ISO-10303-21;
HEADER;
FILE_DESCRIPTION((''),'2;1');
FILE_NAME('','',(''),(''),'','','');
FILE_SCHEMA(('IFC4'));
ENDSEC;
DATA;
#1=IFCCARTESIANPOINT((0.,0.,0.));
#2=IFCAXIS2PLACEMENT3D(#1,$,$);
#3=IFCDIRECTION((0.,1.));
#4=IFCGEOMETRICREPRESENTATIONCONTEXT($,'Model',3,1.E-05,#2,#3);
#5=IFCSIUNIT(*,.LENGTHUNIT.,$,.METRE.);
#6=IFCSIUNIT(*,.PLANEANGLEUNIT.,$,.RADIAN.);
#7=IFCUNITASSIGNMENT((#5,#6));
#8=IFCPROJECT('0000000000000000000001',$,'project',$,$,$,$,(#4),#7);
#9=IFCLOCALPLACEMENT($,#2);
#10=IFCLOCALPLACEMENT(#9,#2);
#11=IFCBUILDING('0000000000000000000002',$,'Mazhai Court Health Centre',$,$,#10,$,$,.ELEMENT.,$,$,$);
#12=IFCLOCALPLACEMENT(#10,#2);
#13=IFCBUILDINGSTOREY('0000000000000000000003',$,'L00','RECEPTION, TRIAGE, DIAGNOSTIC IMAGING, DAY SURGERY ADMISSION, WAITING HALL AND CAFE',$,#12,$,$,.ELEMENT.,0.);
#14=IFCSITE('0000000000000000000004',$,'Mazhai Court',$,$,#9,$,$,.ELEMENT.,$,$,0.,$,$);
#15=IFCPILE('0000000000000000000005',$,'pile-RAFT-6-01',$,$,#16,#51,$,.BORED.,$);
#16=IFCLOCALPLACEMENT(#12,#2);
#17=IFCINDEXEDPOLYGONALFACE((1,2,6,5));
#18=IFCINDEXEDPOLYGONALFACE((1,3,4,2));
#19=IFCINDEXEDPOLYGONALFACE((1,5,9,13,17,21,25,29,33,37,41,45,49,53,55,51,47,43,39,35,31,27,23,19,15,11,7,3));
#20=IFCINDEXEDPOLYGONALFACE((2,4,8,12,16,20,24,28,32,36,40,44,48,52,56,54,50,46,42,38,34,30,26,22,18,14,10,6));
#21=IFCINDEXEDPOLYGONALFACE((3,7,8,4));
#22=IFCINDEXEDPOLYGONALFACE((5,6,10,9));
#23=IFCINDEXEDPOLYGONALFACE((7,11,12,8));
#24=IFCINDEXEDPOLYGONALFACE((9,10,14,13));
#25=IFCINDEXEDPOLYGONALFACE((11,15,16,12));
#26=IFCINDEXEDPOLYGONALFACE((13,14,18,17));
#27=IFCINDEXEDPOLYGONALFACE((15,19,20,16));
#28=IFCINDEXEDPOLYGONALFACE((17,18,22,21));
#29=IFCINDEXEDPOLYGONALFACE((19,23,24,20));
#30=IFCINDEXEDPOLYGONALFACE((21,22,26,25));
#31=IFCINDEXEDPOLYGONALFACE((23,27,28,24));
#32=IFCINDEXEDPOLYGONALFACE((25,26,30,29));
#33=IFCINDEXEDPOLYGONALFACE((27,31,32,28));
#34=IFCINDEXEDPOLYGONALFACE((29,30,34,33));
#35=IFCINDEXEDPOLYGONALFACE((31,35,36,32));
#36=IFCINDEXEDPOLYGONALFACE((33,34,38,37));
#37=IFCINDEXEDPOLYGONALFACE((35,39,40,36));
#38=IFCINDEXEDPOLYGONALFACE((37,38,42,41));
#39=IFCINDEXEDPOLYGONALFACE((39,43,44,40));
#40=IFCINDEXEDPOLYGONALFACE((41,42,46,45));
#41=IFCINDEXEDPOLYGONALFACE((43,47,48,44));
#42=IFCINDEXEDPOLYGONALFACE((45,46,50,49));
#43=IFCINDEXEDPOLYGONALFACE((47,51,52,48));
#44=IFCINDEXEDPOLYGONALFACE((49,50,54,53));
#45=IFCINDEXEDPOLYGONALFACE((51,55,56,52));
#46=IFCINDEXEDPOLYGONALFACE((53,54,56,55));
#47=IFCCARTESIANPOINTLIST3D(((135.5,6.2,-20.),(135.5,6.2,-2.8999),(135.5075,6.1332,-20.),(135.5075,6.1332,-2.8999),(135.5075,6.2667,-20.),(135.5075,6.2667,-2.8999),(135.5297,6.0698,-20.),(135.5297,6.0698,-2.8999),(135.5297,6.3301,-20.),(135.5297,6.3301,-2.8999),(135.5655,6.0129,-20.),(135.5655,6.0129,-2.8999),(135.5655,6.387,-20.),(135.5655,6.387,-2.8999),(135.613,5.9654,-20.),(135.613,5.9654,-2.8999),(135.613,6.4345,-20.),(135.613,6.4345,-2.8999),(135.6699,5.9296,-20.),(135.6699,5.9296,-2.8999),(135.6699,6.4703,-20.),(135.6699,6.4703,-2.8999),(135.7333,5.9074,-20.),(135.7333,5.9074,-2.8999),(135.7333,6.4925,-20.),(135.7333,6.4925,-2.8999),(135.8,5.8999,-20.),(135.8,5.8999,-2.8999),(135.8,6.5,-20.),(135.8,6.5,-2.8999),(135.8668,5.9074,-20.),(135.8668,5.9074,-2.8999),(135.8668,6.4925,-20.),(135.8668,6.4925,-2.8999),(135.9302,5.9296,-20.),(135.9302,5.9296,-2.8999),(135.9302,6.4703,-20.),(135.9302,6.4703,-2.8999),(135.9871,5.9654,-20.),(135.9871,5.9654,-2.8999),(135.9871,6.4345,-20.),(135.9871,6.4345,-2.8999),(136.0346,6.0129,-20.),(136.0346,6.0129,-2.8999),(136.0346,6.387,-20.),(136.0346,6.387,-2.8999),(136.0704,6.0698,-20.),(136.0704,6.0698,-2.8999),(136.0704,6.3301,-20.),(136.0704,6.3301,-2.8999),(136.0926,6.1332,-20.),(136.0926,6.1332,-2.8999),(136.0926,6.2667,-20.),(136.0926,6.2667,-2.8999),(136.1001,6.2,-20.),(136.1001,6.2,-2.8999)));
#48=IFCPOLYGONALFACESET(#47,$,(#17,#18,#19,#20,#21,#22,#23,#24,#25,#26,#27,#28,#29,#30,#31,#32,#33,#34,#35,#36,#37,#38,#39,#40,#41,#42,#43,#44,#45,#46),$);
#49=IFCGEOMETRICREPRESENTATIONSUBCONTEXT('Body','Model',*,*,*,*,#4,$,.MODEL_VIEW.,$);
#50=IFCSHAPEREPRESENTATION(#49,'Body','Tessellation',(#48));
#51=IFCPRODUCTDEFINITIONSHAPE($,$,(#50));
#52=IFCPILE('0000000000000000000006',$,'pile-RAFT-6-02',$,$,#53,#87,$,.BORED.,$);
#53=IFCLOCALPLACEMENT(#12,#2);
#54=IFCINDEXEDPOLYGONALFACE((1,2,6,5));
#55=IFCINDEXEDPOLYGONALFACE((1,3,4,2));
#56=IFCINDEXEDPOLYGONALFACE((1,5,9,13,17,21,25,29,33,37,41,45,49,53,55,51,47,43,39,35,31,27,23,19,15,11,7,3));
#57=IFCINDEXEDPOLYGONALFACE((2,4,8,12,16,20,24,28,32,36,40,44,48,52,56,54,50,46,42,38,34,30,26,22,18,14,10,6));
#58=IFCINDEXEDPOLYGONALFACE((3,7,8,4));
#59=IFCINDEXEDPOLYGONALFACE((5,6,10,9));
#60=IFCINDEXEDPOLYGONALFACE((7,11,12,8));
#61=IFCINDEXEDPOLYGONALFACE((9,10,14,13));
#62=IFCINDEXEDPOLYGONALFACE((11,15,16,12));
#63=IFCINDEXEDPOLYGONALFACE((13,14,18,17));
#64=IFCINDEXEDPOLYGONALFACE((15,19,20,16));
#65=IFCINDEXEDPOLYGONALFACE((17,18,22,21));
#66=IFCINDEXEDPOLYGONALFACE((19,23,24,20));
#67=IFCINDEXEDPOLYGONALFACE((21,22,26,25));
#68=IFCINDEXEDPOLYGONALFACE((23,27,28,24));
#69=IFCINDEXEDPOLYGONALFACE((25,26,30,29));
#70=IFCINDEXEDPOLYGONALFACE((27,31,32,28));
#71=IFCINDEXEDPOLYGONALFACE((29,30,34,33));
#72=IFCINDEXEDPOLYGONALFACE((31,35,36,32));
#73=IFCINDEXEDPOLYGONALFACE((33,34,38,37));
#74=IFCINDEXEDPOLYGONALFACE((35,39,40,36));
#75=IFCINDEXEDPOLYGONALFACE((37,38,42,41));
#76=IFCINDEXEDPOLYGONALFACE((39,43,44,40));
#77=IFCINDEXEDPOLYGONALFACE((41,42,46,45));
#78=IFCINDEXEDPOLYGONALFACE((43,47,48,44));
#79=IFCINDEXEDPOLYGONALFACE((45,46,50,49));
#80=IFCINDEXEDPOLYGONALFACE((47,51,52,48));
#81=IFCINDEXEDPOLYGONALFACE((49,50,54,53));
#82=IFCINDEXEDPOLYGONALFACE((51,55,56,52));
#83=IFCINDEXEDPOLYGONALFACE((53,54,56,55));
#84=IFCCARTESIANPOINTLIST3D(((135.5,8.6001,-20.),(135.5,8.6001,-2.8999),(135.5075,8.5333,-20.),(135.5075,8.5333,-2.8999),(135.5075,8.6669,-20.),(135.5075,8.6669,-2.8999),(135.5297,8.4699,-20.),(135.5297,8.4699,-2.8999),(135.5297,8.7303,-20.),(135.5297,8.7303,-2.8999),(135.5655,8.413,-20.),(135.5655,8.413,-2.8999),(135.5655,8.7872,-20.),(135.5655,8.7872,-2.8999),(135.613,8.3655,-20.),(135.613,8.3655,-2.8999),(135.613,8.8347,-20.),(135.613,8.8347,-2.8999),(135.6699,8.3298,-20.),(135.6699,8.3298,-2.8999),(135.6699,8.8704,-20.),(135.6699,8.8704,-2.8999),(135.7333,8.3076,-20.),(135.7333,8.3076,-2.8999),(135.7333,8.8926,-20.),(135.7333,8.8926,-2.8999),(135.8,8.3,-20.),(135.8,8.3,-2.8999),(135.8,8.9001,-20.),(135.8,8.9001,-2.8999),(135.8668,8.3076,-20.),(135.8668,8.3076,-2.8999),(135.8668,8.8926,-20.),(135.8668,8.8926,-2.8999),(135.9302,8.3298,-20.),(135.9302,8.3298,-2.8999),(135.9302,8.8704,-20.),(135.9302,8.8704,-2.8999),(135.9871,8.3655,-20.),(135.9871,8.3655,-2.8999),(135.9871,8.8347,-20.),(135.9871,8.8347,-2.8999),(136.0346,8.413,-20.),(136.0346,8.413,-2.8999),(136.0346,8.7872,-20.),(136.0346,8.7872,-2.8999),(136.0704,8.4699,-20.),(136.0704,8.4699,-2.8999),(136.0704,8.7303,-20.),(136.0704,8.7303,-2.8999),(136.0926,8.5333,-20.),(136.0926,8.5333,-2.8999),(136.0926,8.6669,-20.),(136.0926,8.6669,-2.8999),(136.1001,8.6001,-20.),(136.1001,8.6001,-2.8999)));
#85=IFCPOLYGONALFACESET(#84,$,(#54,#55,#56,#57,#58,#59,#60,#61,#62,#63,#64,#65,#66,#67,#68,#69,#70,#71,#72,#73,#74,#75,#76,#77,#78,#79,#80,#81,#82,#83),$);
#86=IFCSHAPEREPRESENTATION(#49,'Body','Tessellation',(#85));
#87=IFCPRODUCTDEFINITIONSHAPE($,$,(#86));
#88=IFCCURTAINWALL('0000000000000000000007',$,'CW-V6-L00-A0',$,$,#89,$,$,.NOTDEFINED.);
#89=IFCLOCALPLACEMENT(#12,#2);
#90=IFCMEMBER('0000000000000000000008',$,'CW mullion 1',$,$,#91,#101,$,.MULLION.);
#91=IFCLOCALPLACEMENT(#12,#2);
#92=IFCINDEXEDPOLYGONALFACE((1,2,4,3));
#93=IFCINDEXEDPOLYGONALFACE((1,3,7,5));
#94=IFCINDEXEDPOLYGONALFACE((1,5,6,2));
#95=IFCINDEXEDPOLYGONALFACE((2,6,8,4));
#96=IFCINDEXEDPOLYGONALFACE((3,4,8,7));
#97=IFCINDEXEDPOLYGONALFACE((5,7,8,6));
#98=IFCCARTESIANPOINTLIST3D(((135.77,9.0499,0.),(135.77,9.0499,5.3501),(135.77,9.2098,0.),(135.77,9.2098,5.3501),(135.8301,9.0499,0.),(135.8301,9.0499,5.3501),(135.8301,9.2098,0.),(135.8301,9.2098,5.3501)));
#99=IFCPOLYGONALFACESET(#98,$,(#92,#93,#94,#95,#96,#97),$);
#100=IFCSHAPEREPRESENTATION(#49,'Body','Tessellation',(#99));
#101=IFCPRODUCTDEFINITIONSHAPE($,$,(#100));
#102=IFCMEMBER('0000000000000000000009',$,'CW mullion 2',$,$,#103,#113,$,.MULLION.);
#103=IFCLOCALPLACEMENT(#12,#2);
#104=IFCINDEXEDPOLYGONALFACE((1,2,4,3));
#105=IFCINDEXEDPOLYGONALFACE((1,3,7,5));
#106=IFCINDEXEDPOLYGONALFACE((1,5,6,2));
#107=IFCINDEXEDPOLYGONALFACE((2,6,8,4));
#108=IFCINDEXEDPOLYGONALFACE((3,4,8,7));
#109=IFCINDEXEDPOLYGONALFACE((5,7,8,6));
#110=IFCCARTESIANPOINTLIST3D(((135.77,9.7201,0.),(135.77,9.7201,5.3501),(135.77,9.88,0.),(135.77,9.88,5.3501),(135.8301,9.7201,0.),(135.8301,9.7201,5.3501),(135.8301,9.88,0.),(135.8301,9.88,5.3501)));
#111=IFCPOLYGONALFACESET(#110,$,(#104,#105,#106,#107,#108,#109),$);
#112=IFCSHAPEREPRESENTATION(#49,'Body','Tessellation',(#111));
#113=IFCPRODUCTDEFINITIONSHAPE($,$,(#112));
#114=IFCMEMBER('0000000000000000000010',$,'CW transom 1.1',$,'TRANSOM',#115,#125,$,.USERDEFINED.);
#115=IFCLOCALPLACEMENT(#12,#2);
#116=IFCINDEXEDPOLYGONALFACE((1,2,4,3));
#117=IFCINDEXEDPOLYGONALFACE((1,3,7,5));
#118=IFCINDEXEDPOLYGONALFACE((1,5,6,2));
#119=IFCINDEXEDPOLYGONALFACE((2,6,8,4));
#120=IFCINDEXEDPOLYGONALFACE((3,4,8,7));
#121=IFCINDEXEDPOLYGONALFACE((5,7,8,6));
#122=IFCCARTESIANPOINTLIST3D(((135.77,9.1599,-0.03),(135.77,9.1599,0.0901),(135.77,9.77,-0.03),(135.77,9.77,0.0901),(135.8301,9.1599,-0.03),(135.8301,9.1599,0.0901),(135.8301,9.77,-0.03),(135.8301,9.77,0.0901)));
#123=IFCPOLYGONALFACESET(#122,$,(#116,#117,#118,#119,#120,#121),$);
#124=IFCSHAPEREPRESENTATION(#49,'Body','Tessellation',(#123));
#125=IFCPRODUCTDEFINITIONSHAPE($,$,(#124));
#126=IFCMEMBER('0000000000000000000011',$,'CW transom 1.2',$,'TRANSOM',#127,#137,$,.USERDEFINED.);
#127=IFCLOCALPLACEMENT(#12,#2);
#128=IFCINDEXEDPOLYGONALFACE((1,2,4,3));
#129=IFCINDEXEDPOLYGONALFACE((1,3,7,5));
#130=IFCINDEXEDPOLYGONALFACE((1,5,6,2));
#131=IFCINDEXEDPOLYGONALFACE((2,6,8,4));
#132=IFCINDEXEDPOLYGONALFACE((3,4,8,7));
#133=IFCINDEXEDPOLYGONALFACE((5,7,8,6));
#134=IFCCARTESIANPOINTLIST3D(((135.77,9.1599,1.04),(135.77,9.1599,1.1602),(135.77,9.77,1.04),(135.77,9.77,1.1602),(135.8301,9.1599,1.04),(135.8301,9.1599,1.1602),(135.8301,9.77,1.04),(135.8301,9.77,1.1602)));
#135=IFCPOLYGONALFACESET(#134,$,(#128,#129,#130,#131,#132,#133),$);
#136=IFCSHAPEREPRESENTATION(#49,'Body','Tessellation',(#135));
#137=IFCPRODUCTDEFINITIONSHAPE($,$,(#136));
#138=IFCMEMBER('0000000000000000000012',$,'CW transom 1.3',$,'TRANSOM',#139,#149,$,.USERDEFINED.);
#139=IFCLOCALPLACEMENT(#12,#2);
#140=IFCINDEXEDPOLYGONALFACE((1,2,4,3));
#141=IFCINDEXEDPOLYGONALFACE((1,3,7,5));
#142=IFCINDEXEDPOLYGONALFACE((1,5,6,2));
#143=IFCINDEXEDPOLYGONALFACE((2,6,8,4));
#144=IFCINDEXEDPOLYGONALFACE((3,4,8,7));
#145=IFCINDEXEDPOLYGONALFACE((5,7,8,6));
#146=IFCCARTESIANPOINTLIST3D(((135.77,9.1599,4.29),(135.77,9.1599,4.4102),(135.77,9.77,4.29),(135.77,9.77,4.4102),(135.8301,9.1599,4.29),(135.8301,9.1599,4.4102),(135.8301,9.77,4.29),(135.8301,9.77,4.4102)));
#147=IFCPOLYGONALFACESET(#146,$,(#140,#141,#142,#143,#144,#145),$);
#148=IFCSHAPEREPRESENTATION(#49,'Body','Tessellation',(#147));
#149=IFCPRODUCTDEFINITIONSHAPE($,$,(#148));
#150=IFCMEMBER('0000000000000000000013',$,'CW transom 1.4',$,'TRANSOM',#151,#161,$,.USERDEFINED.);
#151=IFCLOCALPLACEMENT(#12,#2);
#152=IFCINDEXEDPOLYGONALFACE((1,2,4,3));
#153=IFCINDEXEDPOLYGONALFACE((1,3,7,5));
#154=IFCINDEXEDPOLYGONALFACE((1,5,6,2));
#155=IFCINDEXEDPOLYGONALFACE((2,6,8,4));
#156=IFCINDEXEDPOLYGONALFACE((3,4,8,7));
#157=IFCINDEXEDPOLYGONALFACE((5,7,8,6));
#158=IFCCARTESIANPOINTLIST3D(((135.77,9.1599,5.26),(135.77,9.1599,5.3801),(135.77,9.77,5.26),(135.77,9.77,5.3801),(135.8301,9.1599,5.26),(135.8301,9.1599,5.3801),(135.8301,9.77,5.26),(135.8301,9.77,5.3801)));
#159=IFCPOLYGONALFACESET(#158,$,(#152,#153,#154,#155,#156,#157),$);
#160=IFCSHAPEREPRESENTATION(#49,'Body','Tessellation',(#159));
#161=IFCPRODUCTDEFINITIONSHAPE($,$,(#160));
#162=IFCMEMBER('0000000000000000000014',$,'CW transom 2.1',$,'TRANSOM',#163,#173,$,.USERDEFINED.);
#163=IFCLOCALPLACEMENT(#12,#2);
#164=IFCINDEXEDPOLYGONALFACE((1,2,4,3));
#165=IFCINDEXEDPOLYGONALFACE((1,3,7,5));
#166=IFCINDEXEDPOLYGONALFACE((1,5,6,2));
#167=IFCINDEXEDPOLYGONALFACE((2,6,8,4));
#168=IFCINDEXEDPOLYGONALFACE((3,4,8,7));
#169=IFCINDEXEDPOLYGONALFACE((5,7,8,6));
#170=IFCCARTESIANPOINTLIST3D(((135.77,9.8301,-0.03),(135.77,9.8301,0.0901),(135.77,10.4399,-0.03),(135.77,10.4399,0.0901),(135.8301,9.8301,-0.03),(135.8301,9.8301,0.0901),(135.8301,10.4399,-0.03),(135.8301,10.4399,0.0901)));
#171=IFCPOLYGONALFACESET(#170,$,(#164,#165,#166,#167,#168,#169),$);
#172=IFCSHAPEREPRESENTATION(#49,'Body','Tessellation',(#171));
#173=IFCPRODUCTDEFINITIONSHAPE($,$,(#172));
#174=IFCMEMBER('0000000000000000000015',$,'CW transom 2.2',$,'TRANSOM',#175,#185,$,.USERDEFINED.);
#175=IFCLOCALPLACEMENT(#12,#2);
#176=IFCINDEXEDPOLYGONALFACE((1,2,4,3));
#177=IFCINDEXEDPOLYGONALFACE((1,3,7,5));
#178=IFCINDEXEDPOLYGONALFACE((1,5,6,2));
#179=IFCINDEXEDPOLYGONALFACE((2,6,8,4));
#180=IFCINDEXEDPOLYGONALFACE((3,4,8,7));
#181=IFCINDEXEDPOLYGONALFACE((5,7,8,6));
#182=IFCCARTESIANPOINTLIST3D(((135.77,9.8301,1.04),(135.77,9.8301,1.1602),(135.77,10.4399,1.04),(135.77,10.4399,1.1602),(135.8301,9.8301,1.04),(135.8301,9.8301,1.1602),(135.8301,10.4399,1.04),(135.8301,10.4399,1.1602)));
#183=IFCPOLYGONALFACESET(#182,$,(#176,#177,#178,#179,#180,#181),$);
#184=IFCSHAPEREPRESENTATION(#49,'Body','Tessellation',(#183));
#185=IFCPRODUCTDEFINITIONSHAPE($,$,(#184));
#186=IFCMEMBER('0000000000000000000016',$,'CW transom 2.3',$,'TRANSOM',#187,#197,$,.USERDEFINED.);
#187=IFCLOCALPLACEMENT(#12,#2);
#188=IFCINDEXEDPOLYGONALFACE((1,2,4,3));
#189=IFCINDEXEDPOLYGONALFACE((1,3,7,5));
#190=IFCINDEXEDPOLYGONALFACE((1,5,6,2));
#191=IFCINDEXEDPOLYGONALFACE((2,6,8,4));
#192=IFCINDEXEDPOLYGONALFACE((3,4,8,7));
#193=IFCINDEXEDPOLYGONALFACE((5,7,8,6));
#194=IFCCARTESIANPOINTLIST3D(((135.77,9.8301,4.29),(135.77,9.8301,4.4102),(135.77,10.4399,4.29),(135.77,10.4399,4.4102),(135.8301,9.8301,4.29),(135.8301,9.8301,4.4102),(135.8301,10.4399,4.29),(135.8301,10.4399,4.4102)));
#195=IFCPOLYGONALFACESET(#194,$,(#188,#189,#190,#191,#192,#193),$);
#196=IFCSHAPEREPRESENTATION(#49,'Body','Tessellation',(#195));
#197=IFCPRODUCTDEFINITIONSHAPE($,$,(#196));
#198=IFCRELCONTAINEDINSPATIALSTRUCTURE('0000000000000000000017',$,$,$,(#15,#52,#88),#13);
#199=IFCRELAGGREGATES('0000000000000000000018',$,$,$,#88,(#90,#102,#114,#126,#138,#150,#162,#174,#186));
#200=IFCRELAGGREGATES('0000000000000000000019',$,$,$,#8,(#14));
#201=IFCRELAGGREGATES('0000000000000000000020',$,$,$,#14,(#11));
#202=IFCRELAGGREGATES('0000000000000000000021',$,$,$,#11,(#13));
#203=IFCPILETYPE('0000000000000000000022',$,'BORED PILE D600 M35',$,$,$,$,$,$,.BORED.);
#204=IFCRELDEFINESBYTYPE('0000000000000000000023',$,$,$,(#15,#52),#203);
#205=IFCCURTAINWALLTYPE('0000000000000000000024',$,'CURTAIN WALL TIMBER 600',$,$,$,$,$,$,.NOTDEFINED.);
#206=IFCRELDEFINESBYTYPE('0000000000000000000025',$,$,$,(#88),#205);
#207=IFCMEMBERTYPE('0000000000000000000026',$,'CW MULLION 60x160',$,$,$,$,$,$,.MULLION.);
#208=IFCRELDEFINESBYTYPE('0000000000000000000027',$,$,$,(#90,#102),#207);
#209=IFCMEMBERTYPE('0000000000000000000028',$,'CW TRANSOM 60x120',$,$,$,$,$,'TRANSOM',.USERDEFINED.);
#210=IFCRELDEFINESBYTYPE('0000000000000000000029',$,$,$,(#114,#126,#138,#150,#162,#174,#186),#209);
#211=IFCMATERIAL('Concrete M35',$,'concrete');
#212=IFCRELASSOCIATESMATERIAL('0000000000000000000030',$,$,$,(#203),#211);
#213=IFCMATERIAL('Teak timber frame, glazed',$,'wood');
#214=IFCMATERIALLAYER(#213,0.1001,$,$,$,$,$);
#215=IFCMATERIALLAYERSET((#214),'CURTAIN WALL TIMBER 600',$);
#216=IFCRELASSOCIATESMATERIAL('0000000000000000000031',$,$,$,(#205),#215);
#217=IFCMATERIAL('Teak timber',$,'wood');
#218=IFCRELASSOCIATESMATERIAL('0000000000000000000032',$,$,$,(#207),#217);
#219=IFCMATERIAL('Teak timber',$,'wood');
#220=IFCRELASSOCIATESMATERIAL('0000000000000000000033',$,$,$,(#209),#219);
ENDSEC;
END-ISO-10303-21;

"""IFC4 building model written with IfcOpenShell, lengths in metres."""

from ifc_helpers import new_model, si_unit, direction, frame, origin, origin_2d, place, context, subcontext, project, spatial, rectangle, circle, extrude, material, layer, layer_set, material_profile, profile_set, type_object, element, aggregate, save


model = new_model("IFC4")

# Units and contexts
model_context = context("Model", 3, precision=1e-05, world=origin(), true_north=direction((0.0, 1.0)))
body_context = subcontext(model_context, "Body", "Model", "MODEL_VIEW")
ifc_project = project(units=[si_unit("LENGTHUNIT", "METRE"), si_unit("PLANEANGLEUNIT", "RADIAN")], contexts=[model_context])

# Site, building, storey
site_placement = place(None, origin())
site = spatial("IfcSite", under=ifc_project, at=site_placement, Name="Mazhai Court", CompositionType="ELEMENT", RefElevation=0.0)
building_placement = place(site_placement, origin())
building = spatial("IfcBuilding", under=site, at=building_placement, Name="Mazhai Court Health Centre", CompositionType="ELEMENT")
storey_placement = place(building_placement, origin())
storey = spatial("IfcBuildingStorey", under=building, at=storey_placement, Name="L00", Description="RECEPTION, TRIAGE, DIAGNOSTIC IMAGING, DAY SURGERY ADMISSION, WAITING HALL AND CAFE", CompositionType="ELEMENT", Elevation=0.0)

# Piles
ifc_material_1 = material(Name="Concrete M35", Category="concrete")
ifc_material_profile_1 = material_profile(ifc_material_1, circle(Radius=0.3, at=origin_2d()), Name="RC PILE D600")
ifc_profile_set_1 = profile_set([ifc_material_profile_1], Name="Concrete M35")
pile_type = type_object("IfcPileType", Name="BORED PILE D600 M35", PredefinedType="BORED", material=ifc_profile_set_1)
for number, where, z_axis, x_axis, name in (
    (1, (135.8, 6.2, -2.8999), (0.0, 0.0, -1.0), (1.0, 0.0, 0.0), "pile-RAFT-6-01"),
    (2, (135.8, 8.6001, -2.8999), (0.0, 0.0, -1.0), (1.0, 0.0, 0.0), "pile-RAFT-6-02"),
):
    element("IfcPile", number, at=place(storey_placement, frame(where, z_axis=z_axis, x_axis=x_axis)), inside=storey, type_object=pile_type, Name=name, PredefinedType="BORED", context=body_context, shape_type="SweptSolid", body=[
        extrude(circle(Radius=0.3, at=origin_2d()), origin(), (0.0, 0.0, 1.0), 17.1001),
    ])

# Curtain wall, members
ifc_material_2 = material(Name="Teak timber frame, glazed", Category="wood")
ifc_layer_1 = layer(ifc_material_2, 0.1001)
ifc_layer_set_1 = layer_set([ifc_layer_1], Name="CURTAIN WALL TIMBER 600")
curtain_wall_type = type_object("IfcCurtainWallType", Name="CURTAIN WALL TIMBER 600", PredefinedType="NOTDEFINED", material=ifc_layer_set_1)
curtain_wall_placement = place(storey_placement, origin())
curtain_wall = element("IfcCurtainWall", 3, at=curtain_wall_placement, inside=storey, type_object=curtain_wall_type, Name="CW-V6-L00-A0", PredefinedType="NOTDEFINED")
ifc_material_3 = material(Name="Teak timber", Category="wood")
ifc_material_profile_2 = material_profile(ifc_material_3, rectangle(XDim=0.0601, YDim=0.1599, at=origin_2d()), Name="CW MULLION 60x160")
ifc_profile_set_2 = profile_set([ifc_material_profile_2], Name="Teak timber")
member_type_1 = type_object("IfcMemberType", Name="CW MULLION 60x160", PredefinedType="MULLION", material=ifc_profile_set_2)
member_1_placement = place(storey_placement, frame((135.8, 9.1299, 0.0), z_axis=(0.0, 0.0, 1.0), x_axis=(-1.0, 0.0, 0.0)))
member_1 = element("IfcMember", 4, at=member_1_placement, type_object=member_type_1, Name="CW mullion 1", PredefinedType="MULLION", context=body_context, shape_type="SweptSolid", body=[
    extrude(rectangle(XDim=0.0601, YDim=0.1599, at=origin_2d()), origin(), (0.0, 0.0, 1.0), 5.3501),
])
member_2_placement = place(storey_placement, frame((135.8, 9.8, 0.0), z_axis=(0.0, 0.0, 1.0), x_axis=(-1.0, 0.0, 0.0)))
member_2 = element("IfcMember", 5, at=member_2_placement, type_object=member_type_1, Name="CW mullion 2", PredefinedType="MULLION", context=body_context, shape_type="SweptSolid", body=[
    extrude(rectangle(XDim=0.0601, YDim=0.1599, at=origin_2d()), origin(), (0.0, 0.0, 1.0), 5.3501),
])
ifc_material_4 = material(Name="Teak timber", Category="wood")
ifc_material_profile_3 = material_profile(ifc_material_4, rectangle(XDim=0.0601, YDim=0.1201, at=origin_2d()), Name="CW TRANSOM 60x120")
ifc_profile_set_3 = profile_set([ifc_material_profile_3], Name="Teak timber")
member_type_2 = type_object("IfcMemberType", Name="CW TRANSOM 60x120", ElementType="TRANSOM", PredefinedType="USERDEFINED", material=ifc_profile_set_3)
member_3_placement = place(storey_placement, frame((135.8, 9.1599, 0.03), z_axis=(0.0, 1.0, 0.0), x_axis=(-1.0, 0.0, 0.0)))
member_3 = element("IfcMember", 6, at=member_3_placement, type_object=member_type_2, Name="CW transom 1.1", ObjectType="TRANSOM", PredefinedType="USERDEFINED", context=body_context, shape_type="SweptSolid", body=[
    extrude(rectangle(XDim=0.0601, YDim=0.1201, at=origin_2d()), origin(), (0.0, 0.0, 1.0), 0.6101),
])
member_4_placement = place(storey_placement, frame((135.8, 9.1599, 1.1001), z_axis=(0.0, 1.0, 0.0), x_axis=(-1.0, 0.0, 0.0)))
member_4 = element("IfcMember", 7, at=member_4_placement, type_object=member_type_2, Name="CW transom 1.2", ObjectType="TRANSOM", PredefinedType="USERDEFINED", context=body_context, shape_type="SweptSolid", body=[
    extrude(rectangle(XDim=0.0601, YDim=0.1201, at=origin_2d()), origin(), (0.0, 0.0, 1.0), 0.6101),
])
member_5_placement = place(storey_placement, frame((135.8, 9.1599, 4.3501), z_axis=(0.0, 1.0, 0.0), x_axis=(-1.0, 0.0, 0.0)))
member_5 = element("IfcMember", 8, at=member_5_placement, type_object=member_type_2, Name="CW transom 1.3", ObjectType="TRANSOM", PredefinedType="USERDEFINED", context=body_context, shape_type="SweptSolid", body=[
    extrude(rectangle(XDim=0.0601, YDim=0.1201, at=origin_2d()), origin(), (0.0, 0.0, 1.0), 0.6101),
])
member_6_placement = place(storey_placement, frame((135.8, 9.1599, 5.3201), z_axis=(0.0, 1.0, 0.0), x_axis=(-1.0, 0.0, 0.0)))
member_6 = element("IfcMember", 9, at=member_6_placement, type_object=member_type_2, Name="CW transom 1.4", ObjectType="TRANSOM", PredefinedType="USERDEFINED", context=body_context, shape_type="SweptSolid", body=[
    extrude(rectangle(XDim=0.0601, YDim=0.1201, at=origin_2d()), origin(), (0.0, 0.0, 1.0), 0.6101),
])
member_7_placement = place(storey_placement, frame((135.8, 9.8301, 0.03), z_axis=(0.0, 1.0, 0.0), x_axis=(-1.0, 0.0, 0.0)))
member_7 = element("IfcMember", 10, at=member_7_placement, type_object=member_type_2, Name="CW transom 2.1", ObjectType="TRANSOM", PredefinedType="USERDEFINED", context=body_context, shape_type="SweptSolid", body=[
    extrude(rectangle(XDim=0.0601, YDim=0.1201, at=origin_2d()), origin(), (0.0, 0.0, 1.0), 0.6099),
])
member_8_placement = place(storey_placement, frame((135.8, 9.8301, 1.1001), z_axis=(0.0, 1.0, 0.0), x_axis=(-1.0, 0.0, 0.0)))
member_8 = element("IfcMember", 11, at=member_8_placement, type_object=member_type_2, Name="CW transom 2.2", ObjectType="TRANSOM", PredefinedType="USERDEFINED", context=body_context, shape_type="SweptSolid", body=[
    extrude(rectangle(XDim=0.0601, YDim=0.1201, at=origin_2d()), origin(), (0.0, 0.0, 1.0), 0.6099),
])
member_9_placement = place(storey_placement, frame((135.8, 9.8301, 4.3501), z_axis=(0.0, 1.0, 0.0), x_axis=(-1.0, 0.0, 0.0)))
member_9 = element("IfcMember", 12, at=member_9_placement, type_object=member_type_2, Name="CW transom 2.3", ObjectType="TRANSOM", PredefinedType="USERDEFINED", context=body_context, shape_type="SweptSolid", body=[
    extrude(rectangle(XDim=0.0601, YDim=0.1201, at=origin_2d()), origin(), (0.0, 0.0, 1.0), 0.6099),
])
aggregate(curtain_wall, [member_1, member_2, member_3, member_4, member_5, member_6, member_7, member_8, member_9])

save(model, "model.ifc")
